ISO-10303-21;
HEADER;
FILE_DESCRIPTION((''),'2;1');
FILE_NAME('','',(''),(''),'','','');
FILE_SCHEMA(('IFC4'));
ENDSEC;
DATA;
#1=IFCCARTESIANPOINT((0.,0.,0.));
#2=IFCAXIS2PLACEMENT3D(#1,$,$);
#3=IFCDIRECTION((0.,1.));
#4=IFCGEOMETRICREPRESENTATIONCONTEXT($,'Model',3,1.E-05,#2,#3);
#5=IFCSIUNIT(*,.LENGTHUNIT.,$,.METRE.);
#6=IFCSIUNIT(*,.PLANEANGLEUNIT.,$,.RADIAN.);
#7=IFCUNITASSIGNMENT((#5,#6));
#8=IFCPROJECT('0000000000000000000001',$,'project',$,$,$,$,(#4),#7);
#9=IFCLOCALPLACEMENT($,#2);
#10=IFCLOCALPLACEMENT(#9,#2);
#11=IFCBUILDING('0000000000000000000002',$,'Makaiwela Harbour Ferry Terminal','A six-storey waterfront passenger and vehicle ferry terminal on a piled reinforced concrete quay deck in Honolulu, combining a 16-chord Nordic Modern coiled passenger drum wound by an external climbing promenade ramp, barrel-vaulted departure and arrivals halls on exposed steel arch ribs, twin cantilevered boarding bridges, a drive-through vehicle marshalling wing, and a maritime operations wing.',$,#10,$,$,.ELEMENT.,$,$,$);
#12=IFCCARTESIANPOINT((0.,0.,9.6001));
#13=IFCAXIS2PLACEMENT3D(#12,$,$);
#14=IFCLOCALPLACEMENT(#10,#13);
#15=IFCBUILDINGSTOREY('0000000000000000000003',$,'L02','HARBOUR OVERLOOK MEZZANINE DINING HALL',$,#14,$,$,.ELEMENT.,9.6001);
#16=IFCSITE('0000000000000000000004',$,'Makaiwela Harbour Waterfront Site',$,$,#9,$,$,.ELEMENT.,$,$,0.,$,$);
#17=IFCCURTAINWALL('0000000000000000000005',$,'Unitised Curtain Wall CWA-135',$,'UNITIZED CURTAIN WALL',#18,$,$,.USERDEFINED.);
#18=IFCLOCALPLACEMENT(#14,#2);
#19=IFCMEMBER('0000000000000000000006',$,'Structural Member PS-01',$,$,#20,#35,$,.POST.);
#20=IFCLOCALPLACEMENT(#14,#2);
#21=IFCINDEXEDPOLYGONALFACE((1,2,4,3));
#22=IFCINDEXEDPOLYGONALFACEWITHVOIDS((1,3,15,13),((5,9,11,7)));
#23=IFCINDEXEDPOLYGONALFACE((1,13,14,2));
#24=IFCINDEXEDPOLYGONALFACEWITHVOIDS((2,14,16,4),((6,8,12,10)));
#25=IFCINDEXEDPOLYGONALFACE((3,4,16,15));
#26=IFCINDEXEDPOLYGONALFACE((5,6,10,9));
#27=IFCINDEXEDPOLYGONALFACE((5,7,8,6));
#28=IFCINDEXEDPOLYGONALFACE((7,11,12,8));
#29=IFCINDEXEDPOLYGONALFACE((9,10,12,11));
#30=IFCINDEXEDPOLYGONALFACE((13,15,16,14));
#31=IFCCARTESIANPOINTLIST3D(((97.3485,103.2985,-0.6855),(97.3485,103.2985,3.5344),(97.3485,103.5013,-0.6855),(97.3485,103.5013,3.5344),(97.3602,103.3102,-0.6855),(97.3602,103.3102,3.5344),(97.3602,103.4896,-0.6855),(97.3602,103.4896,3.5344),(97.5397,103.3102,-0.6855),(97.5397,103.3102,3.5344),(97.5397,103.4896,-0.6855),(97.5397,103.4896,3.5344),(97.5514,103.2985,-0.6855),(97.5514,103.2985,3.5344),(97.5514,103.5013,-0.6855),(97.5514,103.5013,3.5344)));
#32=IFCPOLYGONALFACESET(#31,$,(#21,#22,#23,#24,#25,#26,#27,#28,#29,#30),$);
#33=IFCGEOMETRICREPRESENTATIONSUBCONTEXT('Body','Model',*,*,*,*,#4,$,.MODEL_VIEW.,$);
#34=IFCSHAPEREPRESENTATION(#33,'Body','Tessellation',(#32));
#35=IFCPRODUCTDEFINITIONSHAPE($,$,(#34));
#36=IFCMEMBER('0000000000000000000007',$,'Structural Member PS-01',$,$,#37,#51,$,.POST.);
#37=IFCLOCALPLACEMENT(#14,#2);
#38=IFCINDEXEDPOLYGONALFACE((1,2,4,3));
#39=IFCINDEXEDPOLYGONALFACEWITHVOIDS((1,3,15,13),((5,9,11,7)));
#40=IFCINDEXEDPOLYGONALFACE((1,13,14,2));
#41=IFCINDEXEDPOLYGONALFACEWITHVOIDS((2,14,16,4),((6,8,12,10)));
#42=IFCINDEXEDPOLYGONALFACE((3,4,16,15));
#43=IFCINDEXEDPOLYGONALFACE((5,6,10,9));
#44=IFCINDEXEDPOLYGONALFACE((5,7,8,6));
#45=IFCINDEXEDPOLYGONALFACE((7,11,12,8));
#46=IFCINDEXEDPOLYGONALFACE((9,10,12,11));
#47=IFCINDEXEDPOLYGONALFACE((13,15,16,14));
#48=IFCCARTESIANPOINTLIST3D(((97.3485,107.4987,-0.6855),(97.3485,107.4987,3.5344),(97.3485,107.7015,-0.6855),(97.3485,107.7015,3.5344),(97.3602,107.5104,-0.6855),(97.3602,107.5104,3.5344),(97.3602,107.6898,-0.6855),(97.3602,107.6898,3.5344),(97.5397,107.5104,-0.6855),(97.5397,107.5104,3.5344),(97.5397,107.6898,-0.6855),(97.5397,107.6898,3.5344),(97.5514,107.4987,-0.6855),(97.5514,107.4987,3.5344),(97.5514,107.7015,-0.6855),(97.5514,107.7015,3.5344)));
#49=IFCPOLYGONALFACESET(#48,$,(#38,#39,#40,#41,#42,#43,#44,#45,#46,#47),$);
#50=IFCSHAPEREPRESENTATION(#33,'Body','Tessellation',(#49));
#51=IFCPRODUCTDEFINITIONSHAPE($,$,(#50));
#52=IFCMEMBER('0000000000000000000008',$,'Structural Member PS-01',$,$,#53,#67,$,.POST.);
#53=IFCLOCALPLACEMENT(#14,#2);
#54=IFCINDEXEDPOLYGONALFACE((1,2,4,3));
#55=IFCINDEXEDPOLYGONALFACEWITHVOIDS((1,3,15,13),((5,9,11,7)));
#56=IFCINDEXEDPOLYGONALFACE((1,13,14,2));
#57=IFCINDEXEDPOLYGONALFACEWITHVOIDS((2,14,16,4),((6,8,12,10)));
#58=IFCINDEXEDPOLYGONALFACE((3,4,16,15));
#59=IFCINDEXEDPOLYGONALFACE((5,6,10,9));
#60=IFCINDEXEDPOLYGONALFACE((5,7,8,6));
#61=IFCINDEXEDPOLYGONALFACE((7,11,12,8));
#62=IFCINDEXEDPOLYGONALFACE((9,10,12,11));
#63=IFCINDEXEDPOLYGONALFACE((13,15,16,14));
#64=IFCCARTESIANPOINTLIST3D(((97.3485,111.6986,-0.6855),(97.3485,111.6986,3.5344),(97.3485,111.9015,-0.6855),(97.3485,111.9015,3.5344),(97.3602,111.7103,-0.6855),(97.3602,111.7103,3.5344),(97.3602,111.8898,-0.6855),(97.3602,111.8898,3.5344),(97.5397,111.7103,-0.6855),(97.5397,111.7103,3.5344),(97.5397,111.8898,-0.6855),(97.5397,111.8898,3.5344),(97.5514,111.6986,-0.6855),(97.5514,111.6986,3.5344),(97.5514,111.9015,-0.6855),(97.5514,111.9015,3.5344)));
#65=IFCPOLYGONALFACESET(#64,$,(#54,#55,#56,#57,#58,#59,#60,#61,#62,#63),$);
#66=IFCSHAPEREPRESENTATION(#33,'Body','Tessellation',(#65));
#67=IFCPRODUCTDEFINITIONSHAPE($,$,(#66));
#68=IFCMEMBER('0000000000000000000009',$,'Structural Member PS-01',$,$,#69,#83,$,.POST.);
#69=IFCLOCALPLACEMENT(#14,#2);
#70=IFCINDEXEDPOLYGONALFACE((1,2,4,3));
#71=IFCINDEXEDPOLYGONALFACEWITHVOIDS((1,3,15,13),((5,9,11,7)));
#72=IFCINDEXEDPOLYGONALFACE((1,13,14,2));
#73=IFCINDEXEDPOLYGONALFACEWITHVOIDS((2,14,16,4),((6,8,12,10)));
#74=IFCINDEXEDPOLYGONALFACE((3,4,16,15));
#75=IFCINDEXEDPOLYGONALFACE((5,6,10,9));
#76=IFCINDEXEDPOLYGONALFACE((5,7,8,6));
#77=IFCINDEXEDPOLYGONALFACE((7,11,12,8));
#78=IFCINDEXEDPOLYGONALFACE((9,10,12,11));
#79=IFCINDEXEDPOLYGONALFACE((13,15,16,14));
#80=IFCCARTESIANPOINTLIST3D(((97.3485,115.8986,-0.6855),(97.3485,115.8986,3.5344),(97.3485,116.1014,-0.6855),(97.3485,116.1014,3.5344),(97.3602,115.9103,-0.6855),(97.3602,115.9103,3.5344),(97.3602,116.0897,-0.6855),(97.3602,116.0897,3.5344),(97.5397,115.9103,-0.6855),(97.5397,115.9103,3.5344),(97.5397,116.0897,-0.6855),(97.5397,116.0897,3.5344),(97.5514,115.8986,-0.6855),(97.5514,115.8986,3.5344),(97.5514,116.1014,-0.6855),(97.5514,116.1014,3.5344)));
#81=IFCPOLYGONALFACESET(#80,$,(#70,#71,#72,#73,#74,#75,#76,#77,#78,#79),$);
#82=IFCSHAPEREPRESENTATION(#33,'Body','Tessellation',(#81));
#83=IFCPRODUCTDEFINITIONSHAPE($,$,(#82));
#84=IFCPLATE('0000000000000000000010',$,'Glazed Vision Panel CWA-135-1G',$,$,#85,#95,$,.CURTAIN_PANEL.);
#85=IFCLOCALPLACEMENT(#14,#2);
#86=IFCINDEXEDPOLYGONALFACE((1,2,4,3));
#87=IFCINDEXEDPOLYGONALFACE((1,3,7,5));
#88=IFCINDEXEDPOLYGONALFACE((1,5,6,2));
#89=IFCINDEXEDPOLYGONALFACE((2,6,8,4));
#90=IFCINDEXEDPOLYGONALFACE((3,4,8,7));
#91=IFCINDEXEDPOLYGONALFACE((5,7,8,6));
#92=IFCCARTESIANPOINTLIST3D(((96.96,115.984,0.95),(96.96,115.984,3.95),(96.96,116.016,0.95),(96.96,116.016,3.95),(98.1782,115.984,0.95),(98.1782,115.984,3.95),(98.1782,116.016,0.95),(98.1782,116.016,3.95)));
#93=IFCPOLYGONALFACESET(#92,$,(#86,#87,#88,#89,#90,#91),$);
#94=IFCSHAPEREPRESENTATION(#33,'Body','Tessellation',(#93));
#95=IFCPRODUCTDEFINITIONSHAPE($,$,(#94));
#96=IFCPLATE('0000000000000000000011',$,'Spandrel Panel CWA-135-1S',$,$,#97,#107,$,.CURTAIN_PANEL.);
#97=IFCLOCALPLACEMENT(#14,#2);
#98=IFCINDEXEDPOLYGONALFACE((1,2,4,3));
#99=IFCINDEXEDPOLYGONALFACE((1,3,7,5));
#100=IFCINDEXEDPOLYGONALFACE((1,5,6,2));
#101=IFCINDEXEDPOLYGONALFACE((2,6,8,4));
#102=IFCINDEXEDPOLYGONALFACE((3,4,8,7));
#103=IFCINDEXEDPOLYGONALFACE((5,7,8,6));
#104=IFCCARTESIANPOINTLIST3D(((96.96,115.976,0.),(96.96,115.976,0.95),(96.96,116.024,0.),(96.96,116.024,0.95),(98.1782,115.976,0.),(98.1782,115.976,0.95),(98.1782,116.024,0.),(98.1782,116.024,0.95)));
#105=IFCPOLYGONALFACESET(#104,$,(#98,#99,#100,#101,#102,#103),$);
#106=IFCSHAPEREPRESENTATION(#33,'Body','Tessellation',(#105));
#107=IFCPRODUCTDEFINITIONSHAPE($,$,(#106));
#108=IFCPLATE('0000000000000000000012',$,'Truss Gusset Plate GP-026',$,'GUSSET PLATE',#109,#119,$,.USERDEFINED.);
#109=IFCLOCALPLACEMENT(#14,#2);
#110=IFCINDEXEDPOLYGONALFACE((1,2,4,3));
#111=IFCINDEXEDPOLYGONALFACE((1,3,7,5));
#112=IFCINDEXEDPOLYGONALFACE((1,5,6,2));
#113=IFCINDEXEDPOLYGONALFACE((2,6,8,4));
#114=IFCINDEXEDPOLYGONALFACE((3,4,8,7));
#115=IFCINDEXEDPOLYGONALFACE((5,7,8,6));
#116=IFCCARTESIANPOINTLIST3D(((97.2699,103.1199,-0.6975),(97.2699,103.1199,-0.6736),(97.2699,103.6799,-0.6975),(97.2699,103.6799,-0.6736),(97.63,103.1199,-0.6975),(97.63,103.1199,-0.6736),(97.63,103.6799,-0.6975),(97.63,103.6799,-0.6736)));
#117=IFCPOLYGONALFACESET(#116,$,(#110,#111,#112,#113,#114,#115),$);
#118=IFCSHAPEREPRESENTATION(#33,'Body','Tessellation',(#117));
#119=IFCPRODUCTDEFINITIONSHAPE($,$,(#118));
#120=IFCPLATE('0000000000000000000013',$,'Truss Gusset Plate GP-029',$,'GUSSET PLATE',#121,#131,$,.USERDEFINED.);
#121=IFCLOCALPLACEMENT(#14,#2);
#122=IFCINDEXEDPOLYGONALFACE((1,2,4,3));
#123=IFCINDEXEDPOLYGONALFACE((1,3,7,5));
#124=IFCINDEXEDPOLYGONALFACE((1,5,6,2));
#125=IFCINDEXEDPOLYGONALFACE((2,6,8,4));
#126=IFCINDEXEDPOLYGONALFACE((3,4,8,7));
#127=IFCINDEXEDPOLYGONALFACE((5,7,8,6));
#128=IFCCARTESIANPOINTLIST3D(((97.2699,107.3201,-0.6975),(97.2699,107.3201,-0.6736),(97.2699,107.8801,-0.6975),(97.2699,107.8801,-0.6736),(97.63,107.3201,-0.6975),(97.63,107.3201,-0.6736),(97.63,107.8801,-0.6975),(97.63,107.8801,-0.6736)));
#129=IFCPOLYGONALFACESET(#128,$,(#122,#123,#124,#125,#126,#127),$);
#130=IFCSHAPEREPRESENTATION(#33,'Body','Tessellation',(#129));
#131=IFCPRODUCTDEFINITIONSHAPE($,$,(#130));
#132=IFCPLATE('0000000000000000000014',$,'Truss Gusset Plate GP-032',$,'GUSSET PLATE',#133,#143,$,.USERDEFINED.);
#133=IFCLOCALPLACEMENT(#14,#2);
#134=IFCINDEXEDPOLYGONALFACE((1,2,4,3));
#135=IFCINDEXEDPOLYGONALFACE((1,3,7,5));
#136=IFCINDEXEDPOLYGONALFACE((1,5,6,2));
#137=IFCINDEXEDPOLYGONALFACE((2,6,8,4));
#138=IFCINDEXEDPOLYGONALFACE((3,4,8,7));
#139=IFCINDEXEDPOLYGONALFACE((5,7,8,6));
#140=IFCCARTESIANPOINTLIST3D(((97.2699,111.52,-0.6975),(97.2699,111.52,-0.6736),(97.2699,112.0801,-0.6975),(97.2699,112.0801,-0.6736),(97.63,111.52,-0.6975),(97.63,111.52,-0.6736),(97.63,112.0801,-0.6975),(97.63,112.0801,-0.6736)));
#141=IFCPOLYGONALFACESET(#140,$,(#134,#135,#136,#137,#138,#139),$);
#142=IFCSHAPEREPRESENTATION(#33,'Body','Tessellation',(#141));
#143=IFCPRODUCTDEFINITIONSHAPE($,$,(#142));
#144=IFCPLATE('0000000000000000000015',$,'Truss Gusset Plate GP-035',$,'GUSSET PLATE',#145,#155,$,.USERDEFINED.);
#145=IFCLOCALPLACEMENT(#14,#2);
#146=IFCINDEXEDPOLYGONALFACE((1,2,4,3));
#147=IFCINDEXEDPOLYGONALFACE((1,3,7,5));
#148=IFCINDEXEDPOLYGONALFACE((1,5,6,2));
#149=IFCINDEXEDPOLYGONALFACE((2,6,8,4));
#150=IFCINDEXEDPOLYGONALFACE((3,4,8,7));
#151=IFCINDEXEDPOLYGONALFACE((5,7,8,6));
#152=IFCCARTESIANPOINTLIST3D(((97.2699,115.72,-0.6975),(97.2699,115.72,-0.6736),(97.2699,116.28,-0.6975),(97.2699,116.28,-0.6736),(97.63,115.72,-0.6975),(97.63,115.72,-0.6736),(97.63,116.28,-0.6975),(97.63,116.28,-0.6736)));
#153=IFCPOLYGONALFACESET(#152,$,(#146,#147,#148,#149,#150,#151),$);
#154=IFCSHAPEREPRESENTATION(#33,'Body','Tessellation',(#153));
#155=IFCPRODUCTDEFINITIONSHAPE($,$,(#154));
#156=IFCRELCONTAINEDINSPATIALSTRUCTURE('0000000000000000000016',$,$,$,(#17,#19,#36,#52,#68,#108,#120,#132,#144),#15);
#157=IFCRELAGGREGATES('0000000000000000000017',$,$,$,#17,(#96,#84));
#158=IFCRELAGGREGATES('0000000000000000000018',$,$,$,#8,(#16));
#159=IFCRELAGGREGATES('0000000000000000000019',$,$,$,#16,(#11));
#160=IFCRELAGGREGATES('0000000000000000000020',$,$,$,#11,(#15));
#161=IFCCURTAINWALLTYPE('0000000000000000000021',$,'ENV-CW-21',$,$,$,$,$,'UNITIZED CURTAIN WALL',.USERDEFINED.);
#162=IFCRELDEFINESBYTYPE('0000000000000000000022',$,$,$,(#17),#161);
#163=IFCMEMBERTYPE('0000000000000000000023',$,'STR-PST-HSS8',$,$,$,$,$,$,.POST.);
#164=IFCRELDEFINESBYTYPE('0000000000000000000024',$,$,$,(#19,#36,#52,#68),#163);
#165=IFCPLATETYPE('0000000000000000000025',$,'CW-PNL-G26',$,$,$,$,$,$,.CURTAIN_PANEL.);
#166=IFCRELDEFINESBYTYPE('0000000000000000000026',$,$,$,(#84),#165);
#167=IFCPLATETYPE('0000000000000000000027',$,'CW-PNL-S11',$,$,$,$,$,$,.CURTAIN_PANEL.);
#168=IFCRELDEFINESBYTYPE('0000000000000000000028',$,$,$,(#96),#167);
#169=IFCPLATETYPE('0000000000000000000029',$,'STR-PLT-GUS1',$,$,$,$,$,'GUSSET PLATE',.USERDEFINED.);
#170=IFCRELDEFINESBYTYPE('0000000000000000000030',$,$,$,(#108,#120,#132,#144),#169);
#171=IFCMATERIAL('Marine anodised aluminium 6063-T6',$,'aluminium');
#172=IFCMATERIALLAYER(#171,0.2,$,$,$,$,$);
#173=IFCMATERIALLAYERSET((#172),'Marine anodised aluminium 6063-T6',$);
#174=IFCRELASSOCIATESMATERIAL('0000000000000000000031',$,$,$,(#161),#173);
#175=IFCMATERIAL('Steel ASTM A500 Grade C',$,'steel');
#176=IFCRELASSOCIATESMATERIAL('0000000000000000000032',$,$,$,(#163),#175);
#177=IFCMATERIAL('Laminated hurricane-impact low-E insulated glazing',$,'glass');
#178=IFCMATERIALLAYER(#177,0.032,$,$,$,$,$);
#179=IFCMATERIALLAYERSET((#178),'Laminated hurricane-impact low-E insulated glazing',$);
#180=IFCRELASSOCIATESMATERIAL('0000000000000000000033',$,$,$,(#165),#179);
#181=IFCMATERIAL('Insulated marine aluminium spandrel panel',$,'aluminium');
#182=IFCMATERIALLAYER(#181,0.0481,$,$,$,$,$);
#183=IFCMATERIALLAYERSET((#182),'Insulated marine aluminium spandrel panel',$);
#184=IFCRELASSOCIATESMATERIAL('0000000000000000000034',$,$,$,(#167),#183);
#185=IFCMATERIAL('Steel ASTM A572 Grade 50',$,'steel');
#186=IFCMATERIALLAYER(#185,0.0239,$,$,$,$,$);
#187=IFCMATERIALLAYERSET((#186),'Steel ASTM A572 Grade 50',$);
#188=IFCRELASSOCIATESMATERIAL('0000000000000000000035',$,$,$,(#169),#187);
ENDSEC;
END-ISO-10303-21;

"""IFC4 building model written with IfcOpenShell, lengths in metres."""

from ifc_helpers import new_model, si_unit, direction, frame, origin, origin_2d, place, context, subcontext, project, spatial, rectangle, hollow_rectangle, extrude, material, layer, layer_set, material_profile, profile_set, type_object, element, aggregate, save


model = new_model("IFC4")

# Units and contexts
model_context = context("Model", 3, precision=1e-05, world=origin(), true_north=direction((0.0, 1.0)))
body_context = subcontext(model_context, "Body", "Model", "MODEL_VIEW")
ifc_project = project(units=[si_unit("LENGTHUNIT", "METRE"), si_unit("PLANEANGLEUNIT", "RADIAN")], contexts=[model_context])

# Site, building, storey
site_placement = place(None, origin())
site = spatial("IfcSite", under=ifc_project, at=site_placement, Name="Makaiwela Harbour Waterfront Site", CompositionType="ELEMENT", RefElevation=0.0)
building_placement = place(site_placement, origin())
building = spatial("IfcBuilding", under=site, at=building_placement, Name="Makaiwela Harbour Ferry Terminal", Description="A six-storey waterfront passenger and vehicle ferry terminal on a piled reinforced concrete quay deck in Honolulu, combining a 16-chord Nordic Modern coiled passenger drum wound by an external climbing promenade ramp, barrel-vaulted departure and arrivals halls on exposed steel arch ribs, twin cantilevered boarding bridges, a drive-through vehicle marshalling wing, and a maritime operations wing.", CompositionType="ELEMENT")
storey_placement = place(building_placement, frame((0.0, 0.0, 9.6001)))
storey = spatial("IfcBuildingStorey", under=building, at=storey_placement, Name="L02", Description="HARBOUR OVERLOOK MEZZANINE DINING HALL", CompositionType="ELEMENT", Elevation=9.6001)

# Curtain wall
ifc_material_1 = material(Name="Marine anodised aluminium 6063-T6", Category="aluminium")
ifc_layer_1 = layer(ifc_material_1, 0.2)
ifc_layer_set_1 = layer_set([ifc_layer_1], Name="Marine anodised aluminium 6063-T6")
curtain_wall_type = type_object("IfcCurtainWallType", Name="ENV-CW-21", ElementType="UNITIZED CURTAIN WALL", PredefinedType="USERDEFINED", material=ifc_layer_set_1)
curtain_wall_placement = place(storey_placement, origin())
curtain_wall = element("IfcCurtainWall", 1, at=curtain_wall_placement, inside=storey, type_object=curtain_wall_type, Name="Unitised Curtain Wall CWA-135", ObjectType="UNITIZED CURTAIN WALL", PredefinedType="USERDEFINED")

# Shared definitions
ifc_material_2 = material(Name="Steel ASTM A500 Grade C", Category="steel")

# Members
ifc_material_profile_1 = material_profile(ifc_material_2, hollow_rectangle(XDim=0.2029, YDim=0.2029, WallThickness=0.0117, at=origin_2d()), Name="HSS8X8X1/2")
ifc_profile_set_1 = profile_set([ifc_material_profile_1], Name="Steel ASTM A500 Grade C")
member_type_1 = type_object("IfcMemberType", Name="STR-PST-HSS8", PredefinedType="POST", material=ifc_profile_set_1)
for number, where, z_axis, x_axis, name in (
    (2, (97.45, 103.3999, -0.6855), (0.0, 0.0, 1.0), (1.0, 0.0, 0.0), "Structural Member PS-01"),
    (3, (97.45, 107.6001, -0.6855), (0.0, 0.0, 1.0), (1.0, 0.0, 0.0), "Structural Member PS-01"),
    (4, (97.45, 111.8, -0.6855), (0.0, 0.0, 1.0), (1.0, 0.0, 0.0), "Structural Member PS-01"),
    (5, (97.45, 116.0, -0.6855), (0.0, 0.0, 1.0), (1.0, 0.0, 0.0), "Structural Member PS-01"),
):
    element("IfcMember", number, at=place(storey_placement, frame(where, z_axis=z_axis, x_axis=x_axis)), inside=storey, type_object=member_type_1, Name=name, PredefinedType="POST", context=body_context, shape_type="SweptSolid", body=[
        extrude(hollow_rectangle(XDim=0.2029, YDim=0.2029, WallThickness=0.0117, at=origin_2d()), origin(), (0.0, 0.0, 1.0), 4.22),
    ])

# Plates
ifc_material_3 = material(Name="Laminated hurricane-impact low-E insulated glazing", Category="glass")
ifc_layer_2 = layer(ifc_material_3, 0.032)
ifc_layer_set_2 = layer_set([ifc_layer_2], Name="Laminated hurricane-impact low-E insulated glazing")
plate_type_1 = type_object("IfcPlateType", Name="CW-PNL-G26", PredefinedType="CURTAIN_PANEL", material=ifc_layer_set_2)
plate_1_placement = place(storey_placement, frame((97.5691, 116.0, 0.95), z_axis=(0.0, 0.0, 1.0), x_axis=(1.0, 0.0, 0.0)))
plate_1 = element("IfcPlate", 6, at=plate_1_placement, type_object=plate_type_1, Name="Glazed Vision Panel CWA-135-1G", PredefinedType="CURTAIN_PANEL", context=body_context, shape_type="SweptSolid", body=[
    extrude(rectangle(XDim=1.2183, YDim=0.032, at=origin_2d()), origin(), (0.0, 0.0, 1.0), 3.0),
])
ifc_material_4 = material(Name="Insulated marine aluminium spandrel panel", Category="aluminium")
ifc_layer_3 = layer(ifc_material_4, 0.0481)
ifc_layer_set_3 = layer_set([ifc_layer_3], Name="Insulated marine aluminium spandrel panel")
plate_type_2 = type_object("IfcPlateType", Name="CW-PNL-S11", PredefinedType="CURTAIN_PANEL", material=ifc_layer_set_3)
plate_2_placement = place(storey_placement, frame((97.5691, 116.0, 0.0), z_axis=(0.0, 0.0, 1.0), x_axis=(1.0, 0.0, 0.0)))
plate_2 = element("IfcPlate", 7, at=plate_2_placement, type_object=plate_type_2, Name="Spandrel Panel CWA-135-1S", PredefinedType="CURTAIN_PANEL", context=body_context, shape_type="SweptSolid", body=[
    extrude(rectangle(XDim=1.2183, YDim=0.0481, at=origin_2d()), origin(), (0.0, 0.0, 1.0), 0.95),
])
aggregate(curtain_wall, [plate_2, plate_1])

# Plates
ifc_material_5 = material(Name="Steel ASTM A572 Grade 50", Category="steel")
ifc_layer_4 = layer(ifc_material_5, 0.0239)
ifc_layer_set_4 = layer_set([ifc_layer_4], Name="Steel ASTM A572 Grade 50")
plate_type_3 = type_object("IfcPlateType", Name="STR-PLT-GUS1", ElementType="GUSSET PLATE", PredefinedType="USERDEFINED", material=ifc_layer_set_4)
for number, where, z_axis, x_axis, name in (
    (8, (97.45, 103.3999, -0.6975), (0.0, 0.0, 1.0), (0.0, 1.0, 0.0), "Truss Gusset Plate GP-026"),
    (9, (97.45, 107.6001, -0.6975), (0.0, 0.0, 1.0), (0.0, 1.0, 0.0), "Truss Gusset Plate GP-029"),
    (10, (97.45, 111.8, -0.6975), (0.0, 0.0, 1.0), (0.0, 1.0, 0.0), "Truss Gusset Plate GP-032"),
    (11, (97.45, 116.0, -0.6975), (0.0, 0.0, 1.0), (0.0, 1.0, 0.0), "Truss Gusset Plate GP-035"),
):
    element("IfcPlate", number, at=place(storey_placement, frame(where, z_axis=z_axis, x_axis=x_axis)), inside=storey, type_object=plate_type_3, Name=name, ObjectType="GUSSET PLATE", PredefinedType="USERDEFINED", context=body_context, shape_type="SweptSolid", body=[
        extrude(rectangle(XDim=0.5601, YDim=0.3601, at=origin_2d()), origin(), (0.0, 0.0, 1.0), 0.0239),
    ])

save(model, "model.ifc")
